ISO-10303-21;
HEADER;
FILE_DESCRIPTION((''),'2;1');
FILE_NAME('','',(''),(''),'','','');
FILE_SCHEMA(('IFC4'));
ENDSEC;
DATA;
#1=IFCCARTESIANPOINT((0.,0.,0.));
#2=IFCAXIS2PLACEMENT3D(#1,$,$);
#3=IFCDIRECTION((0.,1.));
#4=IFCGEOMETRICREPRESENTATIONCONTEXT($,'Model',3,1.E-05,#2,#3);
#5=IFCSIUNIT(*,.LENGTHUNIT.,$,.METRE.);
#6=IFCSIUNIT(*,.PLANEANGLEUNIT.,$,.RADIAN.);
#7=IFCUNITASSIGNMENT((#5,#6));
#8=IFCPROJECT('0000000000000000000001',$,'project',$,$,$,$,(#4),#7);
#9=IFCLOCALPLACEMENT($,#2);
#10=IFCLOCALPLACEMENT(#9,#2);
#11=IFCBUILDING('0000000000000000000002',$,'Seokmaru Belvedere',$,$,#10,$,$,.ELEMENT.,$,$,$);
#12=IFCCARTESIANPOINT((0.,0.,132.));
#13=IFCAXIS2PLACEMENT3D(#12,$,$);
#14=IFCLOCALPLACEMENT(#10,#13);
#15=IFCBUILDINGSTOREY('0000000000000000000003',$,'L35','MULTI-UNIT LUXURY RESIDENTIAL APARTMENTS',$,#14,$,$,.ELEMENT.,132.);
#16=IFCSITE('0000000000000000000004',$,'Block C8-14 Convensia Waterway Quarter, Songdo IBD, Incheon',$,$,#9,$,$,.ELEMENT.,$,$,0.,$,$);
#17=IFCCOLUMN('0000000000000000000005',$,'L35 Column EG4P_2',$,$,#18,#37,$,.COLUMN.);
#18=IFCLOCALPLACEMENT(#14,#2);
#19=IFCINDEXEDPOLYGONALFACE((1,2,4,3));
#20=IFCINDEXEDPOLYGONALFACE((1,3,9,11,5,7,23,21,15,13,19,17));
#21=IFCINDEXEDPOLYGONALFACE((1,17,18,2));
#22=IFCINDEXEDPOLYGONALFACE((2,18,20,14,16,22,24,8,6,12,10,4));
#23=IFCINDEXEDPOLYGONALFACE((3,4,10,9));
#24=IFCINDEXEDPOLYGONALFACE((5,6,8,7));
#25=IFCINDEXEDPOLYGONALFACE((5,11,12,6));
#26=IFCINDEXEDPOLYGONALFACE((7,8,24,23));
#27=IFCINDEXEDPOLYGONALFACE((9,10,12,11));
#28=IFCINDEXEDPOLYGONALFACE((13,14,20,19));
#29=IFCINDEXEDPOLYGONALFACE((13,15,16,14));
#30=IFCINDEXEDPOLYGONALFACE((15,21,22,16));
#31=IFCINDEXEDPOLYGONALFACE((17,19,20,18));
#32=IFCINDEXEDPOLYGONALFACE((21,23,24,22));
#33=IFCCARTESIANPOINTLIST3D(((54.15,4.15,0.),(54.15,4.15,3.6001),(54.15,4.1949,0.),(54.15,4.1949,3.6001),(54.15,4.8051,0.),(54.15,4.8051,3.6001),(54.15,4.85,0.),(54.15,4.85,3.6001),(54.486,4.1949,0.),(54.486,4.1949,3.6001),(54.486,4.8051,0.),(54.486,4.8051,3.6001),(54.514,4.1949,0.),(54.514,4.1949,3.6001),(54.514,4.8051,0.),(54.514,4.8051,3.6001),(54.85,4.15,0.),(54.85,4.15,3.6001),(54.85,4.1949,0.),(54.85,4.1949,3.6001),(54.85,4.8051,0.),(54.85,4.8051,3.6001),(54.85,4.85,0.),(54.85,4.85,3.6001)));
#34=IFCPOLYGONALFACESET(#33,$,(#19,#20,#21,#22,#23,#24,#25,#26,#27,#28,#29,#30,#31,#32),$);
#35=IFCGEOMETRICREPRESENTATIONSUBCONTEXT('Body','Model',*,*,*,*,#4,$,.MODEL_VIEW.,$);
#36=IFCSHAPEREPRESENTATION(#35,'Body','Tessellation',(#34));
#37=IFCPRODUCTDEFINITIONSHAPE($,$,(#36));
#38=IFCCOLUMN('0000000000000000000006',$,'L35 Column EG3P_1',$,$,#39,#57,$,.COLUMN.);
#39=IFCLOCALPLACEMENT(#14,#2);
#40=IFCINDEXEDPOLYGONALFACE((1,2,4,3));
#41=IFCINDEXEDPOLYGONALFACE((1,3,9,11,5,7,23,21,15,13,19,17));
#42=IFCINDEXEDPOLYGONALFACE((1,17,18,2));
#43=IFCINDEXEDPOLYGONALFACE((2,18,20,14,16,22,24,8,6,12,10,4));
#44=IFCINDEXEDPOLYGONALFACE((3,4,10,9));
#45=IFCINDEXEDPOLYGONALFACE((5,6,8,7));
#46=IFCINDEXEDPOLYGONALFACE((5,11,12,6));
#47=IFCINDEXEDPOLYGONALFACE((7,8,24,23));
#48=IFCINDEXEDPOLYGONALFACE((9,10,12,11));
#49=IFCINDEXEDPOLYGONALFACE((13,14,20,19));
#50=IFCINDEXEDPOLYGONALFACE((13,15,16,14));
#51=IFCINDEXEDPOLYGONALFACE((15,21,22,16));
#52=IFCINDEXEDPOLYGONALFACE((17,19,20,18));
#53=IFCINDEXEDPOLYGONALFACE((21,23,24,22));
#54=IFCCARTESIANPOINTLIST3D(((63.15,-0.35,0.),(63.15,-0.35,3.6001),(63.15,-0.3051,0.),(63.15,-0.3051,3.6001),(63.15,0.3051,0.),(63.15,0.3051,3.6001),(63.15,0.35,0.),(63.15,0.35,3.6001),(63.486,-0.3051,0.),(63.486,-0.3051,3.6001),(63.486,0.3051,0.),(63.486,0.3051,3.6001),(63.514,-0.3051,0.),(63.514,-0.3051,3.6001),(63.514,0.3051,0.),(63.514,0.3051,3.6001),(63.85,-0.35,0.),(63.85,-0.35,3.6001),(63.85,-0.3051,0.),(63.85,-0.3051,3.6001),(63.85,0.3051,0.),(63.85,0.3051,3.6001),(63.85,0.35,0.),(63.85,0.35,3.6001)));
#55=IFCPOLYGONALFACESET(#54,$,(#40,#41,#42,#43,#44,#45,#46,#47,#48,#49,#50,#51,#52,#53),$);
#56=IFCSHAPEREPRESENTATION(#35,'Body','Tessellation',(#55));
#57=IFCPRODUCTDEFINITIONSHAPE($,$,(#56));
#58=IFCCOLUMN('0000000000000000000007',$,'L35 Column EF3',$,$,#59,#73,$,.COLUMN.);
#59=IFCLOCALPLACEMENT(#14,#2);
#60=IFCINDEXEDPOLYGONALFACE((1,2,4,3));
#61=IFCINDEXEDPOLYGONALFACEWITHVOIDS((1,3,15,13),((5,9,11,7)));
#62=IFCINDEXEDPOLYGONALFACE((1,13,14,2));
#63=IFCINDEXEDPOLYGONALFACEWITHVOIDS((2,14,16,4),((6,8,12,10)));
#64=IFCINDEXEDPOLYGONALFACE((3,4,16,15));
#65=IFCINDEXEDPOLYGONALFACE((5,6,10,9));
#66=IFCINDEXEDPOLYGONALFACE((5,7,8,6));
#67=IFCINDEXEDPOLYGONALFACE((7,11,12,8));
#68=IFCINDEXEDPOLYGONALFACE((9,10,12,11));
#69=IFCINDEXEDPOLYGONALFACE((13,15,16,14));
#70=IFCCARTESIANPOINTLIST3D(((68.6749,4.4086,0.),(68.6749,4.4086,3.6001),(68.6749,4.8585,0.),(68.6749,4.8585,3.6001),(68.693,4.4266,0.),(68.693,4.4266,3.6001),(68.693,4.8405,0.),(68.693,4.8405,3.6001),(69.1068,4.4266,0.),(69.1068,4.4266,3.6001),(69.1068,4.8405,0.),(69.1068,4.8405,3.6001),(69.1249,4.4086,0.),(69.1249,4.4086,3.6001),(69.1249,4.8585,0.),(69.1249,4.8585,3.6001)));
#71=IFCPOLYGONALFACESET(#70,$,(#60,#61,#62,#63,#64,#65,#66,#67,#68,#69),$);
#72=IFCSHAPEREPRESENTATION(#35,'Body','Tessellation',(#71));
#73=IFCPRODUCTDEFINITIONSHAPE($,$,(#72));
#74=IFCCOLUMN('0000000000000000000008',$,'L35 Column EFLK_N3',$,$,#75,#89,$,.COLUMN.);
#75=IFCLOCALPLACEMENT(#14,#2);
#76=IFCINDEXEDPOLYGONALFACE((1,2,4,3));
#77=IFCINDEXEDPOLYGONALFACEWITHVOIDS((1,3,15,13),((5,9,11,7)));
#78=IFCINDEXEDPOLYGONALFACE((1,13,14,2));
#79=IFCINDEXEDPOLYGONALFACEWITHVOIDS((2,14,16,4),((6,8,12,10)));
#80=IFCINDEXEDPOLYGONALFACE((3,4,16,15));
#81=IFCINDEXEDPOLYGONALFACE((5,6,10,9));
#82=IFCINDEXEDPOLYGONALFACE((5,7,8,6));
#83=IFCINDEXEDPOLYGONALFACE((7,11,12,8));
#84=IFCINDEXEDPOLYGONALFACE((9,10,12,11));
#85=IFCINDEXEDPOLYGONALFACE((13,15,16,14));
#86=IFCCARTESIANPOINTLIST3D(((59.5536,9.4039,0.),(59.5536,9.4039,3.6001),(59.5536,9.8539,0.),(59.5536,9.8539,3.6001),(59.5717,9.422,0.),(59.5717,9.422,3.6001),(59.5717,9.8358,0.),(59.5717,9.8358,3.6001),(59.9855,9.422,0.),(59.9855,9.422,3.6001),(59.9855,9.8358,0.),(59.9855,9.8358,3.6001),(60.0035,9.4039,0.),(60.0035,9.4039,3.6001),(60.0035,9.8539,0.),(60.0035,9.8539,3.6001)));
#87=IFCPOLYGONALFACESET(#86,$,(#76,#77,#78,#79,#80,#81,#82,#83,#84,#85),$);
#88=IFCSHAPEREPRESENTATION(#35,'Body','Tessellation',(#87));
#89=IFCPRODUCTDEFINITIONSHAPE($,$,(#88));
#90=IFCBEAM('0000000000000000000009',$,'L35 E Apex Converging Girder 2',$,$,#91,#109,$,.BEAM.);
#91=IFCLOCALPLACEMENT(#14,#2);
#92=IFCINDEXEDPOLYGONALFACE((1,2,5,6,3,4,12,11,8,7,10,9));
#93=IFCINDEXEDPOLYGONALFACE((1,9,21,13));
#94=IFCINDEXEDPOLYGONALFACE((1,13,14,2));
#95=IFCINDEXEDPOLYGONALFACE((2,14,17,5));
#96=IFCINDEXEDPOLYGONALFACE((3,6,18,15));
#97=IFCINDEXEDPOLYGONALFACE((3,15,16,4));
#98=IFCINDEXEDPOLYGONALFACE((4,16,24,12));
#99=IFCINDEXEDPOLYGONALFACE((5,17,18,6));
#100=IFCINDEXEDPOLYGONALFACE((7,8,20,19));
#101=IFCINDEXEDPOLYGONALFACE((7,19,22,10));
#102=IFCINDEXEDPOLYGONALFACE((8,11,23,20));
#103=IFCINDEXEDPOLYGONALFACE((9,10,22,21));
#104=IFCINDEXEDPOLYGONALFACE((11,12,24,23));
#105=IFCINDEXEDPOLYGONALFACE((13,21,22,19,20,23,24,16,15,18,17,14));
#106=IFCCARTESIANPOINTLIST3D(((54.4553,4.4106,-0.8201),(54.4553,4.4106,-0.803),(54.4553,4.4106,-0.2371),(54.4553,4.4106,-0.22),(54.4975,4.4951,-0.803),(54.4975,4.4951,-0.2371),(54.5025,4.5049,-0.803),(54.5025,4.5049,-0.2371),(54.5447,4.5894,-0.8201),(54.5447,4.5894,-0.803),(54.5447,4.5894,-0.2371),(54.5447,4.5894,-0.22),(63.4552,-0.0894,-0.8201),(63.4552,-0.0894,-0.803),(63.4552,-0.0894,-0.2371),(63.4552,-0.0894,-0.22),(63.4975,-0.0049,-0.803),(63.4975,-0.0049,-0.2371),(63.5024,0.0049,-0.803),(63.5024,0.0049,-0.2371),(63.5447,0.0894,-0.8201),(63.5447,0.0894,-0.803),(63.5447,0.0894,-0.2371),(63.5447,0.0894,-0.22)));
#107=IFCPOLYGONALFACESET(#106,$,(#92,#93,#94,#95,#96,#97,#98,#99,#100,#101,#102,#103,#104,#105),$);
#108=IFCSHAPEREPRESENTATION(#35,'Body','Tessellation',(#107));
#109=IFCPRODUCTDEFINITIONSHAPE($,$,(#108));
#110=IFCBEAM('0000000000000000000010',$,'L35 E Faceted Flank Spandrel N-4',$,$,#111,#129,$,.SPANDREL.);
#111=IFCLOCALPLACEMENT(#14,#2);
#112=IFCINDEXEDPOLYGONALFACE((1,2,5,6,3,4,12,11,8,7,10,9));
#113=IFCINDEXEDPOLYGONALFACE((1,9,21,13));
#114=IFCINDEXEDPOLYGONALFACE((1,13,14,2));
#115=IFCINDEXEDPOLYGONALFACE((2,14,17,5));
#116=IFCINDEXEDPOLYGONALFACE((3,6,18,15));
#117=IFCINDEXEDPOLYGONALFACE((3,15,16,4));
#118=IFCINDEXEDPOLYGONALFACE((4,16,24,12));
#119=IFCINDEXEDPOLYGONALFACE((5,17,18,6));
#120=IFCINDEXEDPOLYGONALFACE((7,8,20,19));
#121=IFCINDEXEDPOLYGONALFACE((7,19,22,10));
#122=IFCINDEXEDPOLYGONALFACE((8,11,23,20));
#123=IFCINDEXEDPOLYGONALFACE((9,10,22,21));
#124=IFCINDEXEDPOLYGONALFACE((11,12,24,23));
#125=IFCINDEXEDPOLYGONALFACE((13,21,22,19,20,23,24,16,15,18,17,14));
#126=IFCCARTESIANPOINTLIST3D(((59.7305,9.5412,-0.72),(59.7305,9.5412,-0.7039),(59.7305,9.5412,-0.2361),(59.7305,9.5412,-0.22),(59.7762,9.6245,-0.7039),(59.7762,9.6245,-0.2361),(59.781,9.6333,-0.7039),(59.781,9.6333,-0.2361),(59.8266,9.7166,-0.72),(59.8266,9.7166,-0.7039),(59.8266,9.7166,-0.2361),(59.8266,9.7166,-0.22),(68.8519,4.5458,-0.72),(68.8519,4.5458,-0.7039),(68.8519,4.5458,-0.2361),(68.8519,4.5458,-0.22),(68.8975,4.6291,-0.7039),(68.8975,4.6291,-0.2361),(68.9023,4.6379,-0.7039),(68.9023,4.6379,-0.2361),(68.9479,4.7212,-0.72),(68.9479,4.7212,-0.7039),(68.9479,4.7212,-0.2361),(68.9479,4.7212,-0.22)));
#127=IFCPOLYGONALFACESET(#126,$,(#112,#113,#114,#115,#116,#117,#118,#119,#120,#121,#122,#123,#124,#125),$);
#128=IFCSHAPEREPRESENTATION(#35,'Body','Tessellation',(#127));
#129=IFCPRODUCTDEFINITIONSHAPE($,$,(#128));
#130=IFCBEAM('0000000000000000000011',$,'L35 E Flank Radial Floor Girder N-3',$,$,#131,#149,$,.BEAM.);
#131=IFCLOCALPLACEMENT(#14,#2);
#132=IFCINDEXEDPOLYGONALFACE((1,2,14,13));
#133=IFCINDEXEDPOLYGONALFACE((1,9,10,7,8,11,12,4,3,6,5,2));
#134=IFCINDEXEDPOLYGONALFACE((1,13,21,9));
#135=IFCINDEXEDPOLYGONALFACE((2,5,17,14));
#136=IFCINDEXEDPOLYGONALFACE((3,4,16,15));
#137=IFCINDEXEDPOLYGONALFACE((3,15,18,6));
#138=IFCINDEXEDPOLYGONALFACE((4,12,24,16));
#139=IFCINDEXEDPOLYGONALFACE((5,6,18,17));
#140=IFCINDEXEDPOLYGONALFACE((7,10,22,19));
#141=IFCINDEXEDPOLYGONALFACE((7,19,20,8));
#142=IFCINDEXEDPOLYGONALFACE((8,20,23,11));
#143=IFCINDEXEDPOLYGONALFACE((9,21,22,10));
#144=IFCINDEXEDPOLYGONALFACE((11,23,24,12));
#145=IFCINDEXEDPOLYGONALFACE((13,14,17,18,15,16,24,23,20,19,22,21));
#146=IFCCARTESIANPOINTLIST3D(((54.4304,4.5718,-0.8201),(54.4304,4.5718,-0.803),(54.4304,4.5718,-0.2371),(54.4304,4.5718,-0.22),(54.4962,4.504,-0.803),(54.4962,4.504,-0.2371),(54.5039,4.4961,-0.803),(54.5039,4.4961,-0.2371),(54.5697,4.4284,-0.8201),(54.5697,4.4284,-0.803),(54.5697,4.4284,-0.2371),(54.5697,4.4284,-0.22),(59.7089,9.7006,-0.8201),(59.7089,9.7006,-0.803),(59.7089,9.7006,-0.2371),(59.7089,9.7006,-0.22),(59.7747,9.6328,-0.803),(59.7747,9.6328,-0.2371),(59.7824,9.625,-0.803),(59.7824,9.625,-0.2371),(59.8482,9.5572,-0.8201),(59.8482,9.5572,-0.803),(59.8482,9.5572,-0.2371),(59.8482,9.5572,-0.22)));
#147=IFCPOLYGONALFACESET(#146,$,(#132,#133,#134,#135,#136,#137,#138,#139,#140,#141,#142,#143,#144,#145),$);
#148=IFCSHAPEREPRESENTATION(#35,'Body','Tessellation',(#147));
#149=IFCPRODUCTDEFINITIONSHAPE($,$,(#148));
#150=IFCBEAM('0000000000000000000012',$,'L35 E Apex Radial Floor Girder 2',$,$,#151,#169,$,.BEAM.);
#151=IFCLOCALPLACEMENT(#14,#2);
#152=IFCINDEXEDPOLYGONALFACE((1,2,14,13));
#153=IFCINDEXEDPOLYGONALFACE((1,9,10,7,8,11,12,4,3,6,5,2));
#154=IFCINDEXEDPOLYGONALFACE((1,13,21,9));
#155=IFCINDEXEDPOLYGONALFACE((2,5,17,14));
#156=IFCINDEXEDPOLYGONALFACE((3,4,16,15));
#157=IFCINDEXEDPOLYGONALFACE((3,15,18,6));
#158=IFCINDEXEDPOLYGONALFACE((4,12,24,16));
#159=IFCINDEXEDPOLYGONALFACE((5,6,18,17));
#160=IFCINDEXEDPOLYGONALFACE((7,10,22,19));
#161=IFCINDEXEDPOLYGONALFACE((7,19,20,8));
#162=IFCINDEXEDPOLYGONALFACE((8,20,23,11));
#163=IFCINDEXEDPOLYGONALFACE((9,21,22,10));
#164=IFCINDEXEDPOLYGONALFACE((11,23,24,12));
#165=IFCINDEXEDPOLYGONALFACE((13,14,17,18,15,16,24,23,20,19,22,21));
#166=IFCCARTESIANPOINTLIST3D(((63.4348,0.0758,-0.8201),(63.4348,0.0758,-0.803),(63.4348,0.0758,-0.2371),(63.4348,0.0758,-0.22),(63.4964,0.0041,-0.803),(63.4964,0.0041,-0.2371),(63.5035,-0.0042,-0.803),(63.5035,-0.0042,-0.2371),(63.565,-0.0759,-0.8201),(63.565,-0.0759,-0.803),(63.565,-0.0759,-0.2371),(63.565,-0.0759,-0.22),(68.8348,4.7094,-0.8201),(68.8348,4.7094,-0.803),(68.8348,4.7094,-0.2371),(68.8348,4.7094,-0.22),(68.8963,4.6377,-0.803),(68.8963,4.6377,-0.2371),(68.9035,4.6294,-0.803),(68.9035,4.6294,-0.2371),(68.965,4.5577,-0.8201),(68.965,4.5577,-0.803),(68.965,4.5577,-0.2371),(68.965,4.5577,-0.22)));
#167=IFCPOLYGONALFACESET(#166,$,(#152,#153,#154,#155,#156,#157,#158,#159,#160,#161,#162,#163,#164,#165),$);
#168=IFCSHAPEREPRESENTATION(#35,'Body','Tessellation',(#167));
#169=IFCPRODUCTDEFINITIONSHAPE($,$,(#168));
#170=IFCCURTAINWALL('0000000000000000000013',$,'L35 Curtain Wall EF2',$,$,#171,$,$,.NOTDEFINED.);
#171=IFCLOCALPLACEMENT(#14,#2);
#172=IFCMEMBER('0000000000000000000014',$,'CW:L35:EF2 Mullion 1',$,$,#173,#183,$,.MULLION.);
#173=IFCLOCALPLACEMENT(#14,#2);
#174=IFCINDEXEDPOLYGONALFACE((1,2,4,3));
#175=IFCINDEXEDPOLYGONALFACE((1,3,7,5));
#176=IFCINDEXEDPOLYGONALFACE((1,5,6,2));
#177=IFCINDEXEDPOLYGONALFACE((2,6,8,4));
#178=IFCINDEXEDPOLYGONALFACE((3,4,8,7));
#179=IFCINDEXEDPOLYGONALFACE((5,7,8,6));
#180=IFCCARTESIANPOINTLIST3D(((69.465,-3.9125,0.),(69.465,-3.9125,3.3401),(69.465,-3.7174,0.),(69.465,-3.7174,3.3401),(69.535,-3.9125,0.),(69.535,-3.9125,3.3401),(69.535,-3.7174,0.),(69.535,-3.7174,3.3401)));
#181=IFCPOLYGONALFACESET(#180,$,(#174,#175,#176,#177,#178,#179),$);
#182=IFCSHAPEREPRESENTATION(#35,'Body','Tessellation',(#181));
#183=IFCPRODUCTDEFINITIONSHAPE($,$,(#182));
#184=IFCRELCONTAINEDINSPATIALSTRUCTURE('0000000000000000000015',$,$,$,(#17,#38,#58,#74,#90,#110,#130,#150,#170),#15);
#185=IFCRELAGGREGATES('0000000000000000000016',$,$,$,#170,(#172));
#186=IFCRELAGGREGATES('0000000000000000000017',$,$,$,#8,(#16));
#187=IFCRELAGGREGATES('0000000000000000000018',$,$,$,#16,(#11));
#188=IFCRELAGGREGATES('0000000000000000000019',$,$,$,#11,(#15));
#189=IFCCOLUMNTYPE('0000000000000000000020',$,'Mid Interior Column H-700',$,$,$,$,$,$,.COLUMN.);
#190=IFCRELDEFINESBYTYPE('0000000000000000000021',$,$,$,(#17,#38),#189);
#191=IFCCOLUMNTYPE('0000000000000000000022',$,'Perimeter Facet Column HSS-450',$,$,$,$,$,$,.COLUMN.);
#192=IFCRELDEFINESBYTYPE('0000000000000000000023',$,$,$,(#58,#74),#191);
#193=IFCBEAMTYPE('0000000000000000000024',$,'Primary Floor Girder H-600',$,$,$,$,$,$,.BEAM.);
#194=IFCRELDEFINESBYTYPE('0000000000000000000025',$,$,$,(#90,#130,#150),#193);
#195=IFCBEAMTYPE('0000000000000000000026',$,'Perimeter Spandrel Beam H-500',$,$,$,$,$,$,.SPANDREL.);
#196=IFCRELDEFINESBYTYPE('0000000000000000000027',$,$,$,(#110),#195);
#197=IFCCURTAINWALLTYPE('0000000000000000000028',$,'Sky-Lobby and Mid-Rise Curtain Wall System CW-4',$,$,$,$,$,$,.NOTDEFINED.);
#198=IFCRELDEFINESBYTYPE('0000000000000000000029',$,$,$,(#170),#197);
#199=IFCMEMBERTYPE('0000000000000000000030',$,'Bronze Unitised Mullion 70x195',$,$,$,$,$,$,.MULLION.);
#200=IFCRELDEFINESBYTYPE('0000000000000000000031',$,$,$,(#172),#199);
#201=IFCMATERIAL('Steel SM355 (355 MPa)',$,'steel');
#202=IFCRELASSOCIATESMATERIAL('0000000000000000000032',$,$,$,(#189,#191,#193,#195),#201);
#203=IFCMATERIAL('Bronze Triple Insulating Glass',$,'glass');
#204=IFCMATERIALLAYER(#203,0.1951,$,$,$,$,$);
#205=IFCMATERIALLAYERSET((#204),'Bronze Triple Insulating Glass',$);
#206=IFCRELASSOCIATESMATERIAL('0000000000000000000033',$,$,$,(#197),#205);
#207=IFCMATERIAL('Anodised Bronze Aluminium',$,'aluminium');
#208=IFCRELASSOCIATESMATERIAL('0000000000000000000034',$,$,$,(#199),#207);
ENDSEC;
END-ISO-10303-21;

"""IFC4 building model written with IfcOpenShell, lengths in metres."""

from ifc_helpers import new_model, si_unit, direction, frame, origin, origin_2d, place, context, subcontext, project, spatial, rectangle, hollow_rectangle, i_section, extrude, source, transform, mapped, material, layer, layer_set, material_profile, profile_set, type_object, type_shapes, element, aggregate, save


model = new_model("IFC4")

# Units and contexts
model_context = context("Model", 3, precision=1e-05, world=origin(), true_north=direction((0.0, 1.0)))
body_context = subcontext(model_context, "Body", "Model", "MODEL_VIEW")
ifc_project = project(units=[si_unit("LENGTHUNIT", "METRE"), si_unit("PLANEANGLEUNIT", "RADIAN")], contexts=[model_context])

# Site, building, storey
site_placement = place(None, origin())
site = spatial("IfcSite", under=ifc_project, at=site_placement, Name="Block C8-14 Convensia Waterway Quarter, Songdo IBD, Incheon", CompositionType="ELEMENT", RefElevation=0.0)
building_placement = place(site_placement, origin())
building = spatial("IfcBuilding", under=site, at=building_placement, Name="Seokmaru Belvedere", CompositionType="ELEMENT")
storey_placement = place(building_placement, frame((0.0, 0.0, 132.0)))
storey = spatial("IfcBuildingStorey", under=building, at=storey_placement, Name="L35", Description="MULTI-UNIT LUXURY RESIDENTIAL APARTMENTS", CompositionType="ELEMENT", Elevation=132.0)

# Columns
ifc_material_1 = material(Name="Steel SM355 (355 MPa)", Category="steel")
ifc_material_profile_1 = material_profile(ifc_material_1, i_section(OverallWidth=0.7, OverallDepth=0.7, WebThickness=0.0281, FlangeThickness=0.0449, at=origin_2d()), Name="H-700x700x28x45")
ifc_profile_set_1 = profile_set([ifc_material_profile_1], Name="Steel SM355 (355 MPa)")
column_type_1 = type_object("IfcColumnType", Name="Mid Interior Column H-700", PredefinedType="COLUMN", material=ifc_profile_set_1)
shared_shape_1 = source(origin(), body_context, "Body", "SweptSolid", [
    extrude(i_section(OverallWidth=0.7, OverallDepth=0.7, WebThickness=0.0281, FlangeThickness=0.0449, at=origin_2d()), origin(), (0.0, 0.0, 1.0), 3.6001),
])
type_shapes(column_type_1, [shared_shape_1])
for number, where, z_axis, x_axis, name in (
    (1, (54.5, 4.5, 0.0), (0.0, 0.0, 1.0), (1.0, 0.0, 0.0), "L35 Column EG4P_2"),
    (2, (63.5, 0.0, 0.0), (0.0, 0.0, 1.0), (1.0, 0.0, 0.0), "L35 Column EG3P_1"),
):
    element("IfcColumn", number, at=place(storey_placement, frame(where, z_axis=z_axis, x_axis=x_axis)), inside=storey, type_object=column_type_1, Name=name, PredefinedType="COLUMN", context=body_context, shape_type="MappedRepresentation", body=[
        mapped(shared_shape_1, transform((0.0, 0.0, 0.0), scale=1.0)),
    ])
ifc_material_profile_2 = material_profile(ifc_material_1, hollow_rectangle(XDim=0.45, YDim=0.45, WallThickness=0.0181, at=origin_2d()), Name="HSS-450x450x18")
ifc_profile_set_2 = profile_set([ifc_material_profile_2], Name="Steel SM355 (355 MPa)")
column_type_2 = type_object("IfcColumnType", Name="Perimeter Facet Column HSS-450", PredefinedType="COLUMN", material=ifc_profile_set_2)
shared_shape_2 = source(origin(), body_context, "Body", "SweptSolid", [
    extrude(hollow_rectangle(XDim=0.45, YDim=0.45, WallThickness=0.0181, at=origin_2d()), origin(), (0.0, 0.0, 1.0), 3.6001),
])
type_shapes(column_type_2, [shared_shape_2])
for number, where, z_axis, x_axis, name in (
    (3, (68.8999, 4.6335, 0.0), (0.0, 0.0, 1.0), (1.0, 0.0, 0.0), "L35 Column EF3"),
    (4, (59.7786, 9.6289, 0.0), (0.0, 0.0, 1.0), (1.0, 0.0, 0.0), "L35 Column EFLK_N3"),
):
    element("IfcColumn", number, at=place(storey_placement, frame(where, z_axis=z_axis, x_axis=x_axis)), inside=storey, type_object=column_type_2, Name=name, PredefinedType="COLUMN", context=body_context, shape_type="MappedRepresentation", body=[
        mapped(shared_shape_2, transform((0.0, 0.0, 0.0), scale=1.0)),
    ])

# Beams
ifc_material_profile_3 = material_profile(ifc_material_1, i_section(OverallWidth=0.2, OverallDepth=0.6001, WebThickness=0.011, FlangeThickness=0.0171, at=origin_2d()), Name="H-600x200x11x17")
ifc_profile_set_3 = profile_set([ifc_material_profile_3], Name="Steel SM355 (355 MPa)")
beam_type_1 = type_object("IfcBeamType", Name="Primary Floor Girder H-600", PredefinedType="BEAM", material=ifc_profile_set_3)
shared_shape_3 = source(origin(), body_context, "Body", "SweptSolid", [
    extrude(i_section(OverallWidth=0.2, OverallDepth=0.6001, WebThickness=0.011, FlangeThickness=0.0171, at=origin_2d()), origin(), (0.0, 0.0, 1.0), 10.0623),
])
beam_1_placement = place(storey_placement, frame((54.5, 4.5, -0.52), z_axis=(0.894427, -0.447214, 0.0), x_axis=(0.447214, 0.894427, 0.0)))
element("IfcBeam", 5, at=beam_1_placement, inside=storey, type_object=beam_type_1, Name="L35 E Apex Converging Girder 2", PredefinedType="BEAM", context=body_context, shape_type="MappedRepresentation", body=[
    mapped(shared_shape_3, transform((0.0, 0.0, 0.0), scale=1.0)),
])
ifc_material_profile_4 = material_profile(ifc_material_1, i_section(OverallWidth=0.2, OverallDepth=0.5, WebThickness=0.01, FlangeThickness=0.0161, at=origin_2d()), Name="H-500x200x10x16")
ifc_profile_set_4 = profile_set([ifc_material_profile_4], Name="Steel SM355 (355 MPa)")
beam_type_2 = type_object("IfcBeamType", Name="Perimeter Spandrel Beam H-500", PredefinedType="SPANDREL", material=ifc_profile_set_4)
shared_shape_4 = source(origin(), body_context, "Body", "SweptSolid", [
    extrude(i_section(OverallWidth=0.2, OverallDepth=0.5, WebThickness=0.01, FlangeThickness=0.0161, at=origin_2d()), origin(), (0.0, 0.0, 1.0), 10.3997),
])
type_shapes(beam_type_2, [shared_shape_4])
beam_2_placement = place(storey_placement, frame((59.7786, 9.6289, -0.47), z_axis=(0.877082, -0.48034, 0.0), x_axis=(0.48034, 0.877082, 0.0)))
element("IfcBeam", 6, at=beam_2_placement, inside=storey, type_object=beam_type_2, Name="L35 E Faceted Flank Spandrel N-4", PredefinedType="SPANDREL", context=body_context, shape_type="MappedRepresentation", body=[
    mapped(shared_shape_4, transform((0.0, 0.0, 0.0), scale=1.0)),
])
shared_shape_5 = source(origin(), body_context, "Body", "SweptSolid", [
    extrude(i_section(OverallWidth=0.2, OverallDepth=0.6001, WebThickness=0.011, FlangeThickness=0.0171, at=origin_2d()), origin(), (0.0, 0.0, 1.0), 7.3599),
])
beam_3_placement = place(storey_placement, frame((59.7786, 9.6289, -0.52), z_axis=(-0.717201, -0.696867, 0.0), x_axis=(0.696867, -0.717201, 0.0)))
element("IfcBeam", 7, at=beam_3_placement, inside=storey, type_object=beam_type_1, Name="L35 E Flank Radial Floor Girder N-3", PredefinedType="BEAM", context=body_context, shape_type="MappedRepresentation", body=[
    mapped(shared_shape_5, transform((0.0, 0.0, 0.0), scale=1.0)),
])
shared_shape_6 = source(origin(), body_context, "Body", "SweptSolid", [
    extrude(i_section(OverallWidth=0.2, OverallDepth=0.6001, WebThickness=0.011, FlangeThickness=0.0171, at=origin_2d()), origin(), (0.0, 0.0, 1.0), 7.1155),
])
type_shapes(beam_type_1, [shared_shape_3, shared_shape_5, shared_shape_6])
beam_4_placement = place(storey_placement, frame((68.8999, 4.6335, -0.52), z_axis=(-0.758905, -0.651201, 0.0), x_axis=(0.651201, -0.758905, 0.0)))
element("IfcBeam", 8, at=beam_4_placement, inside=storey, type_object=beam_type_1, Name="L35 E Apex Radial Floor Girder 2", PredefinedType="BEAM", context=body_context, shape_type="MappedRepresentation", body=[
    mapped(shared_shape_6, transform((0.0, 0.0, 0.0), scale=1.0)),
])

# Curtain wall, member
ifc_material_2 = material(Name="Bronze Triple Insulating Glass", Category="glass")
ifc_layer_1 = layer(ifc_material_2, 0.1951)
ifc_layer_set_1 = layer_set([ifc_layer_1], Name="Bronze Triple Insulating Glass")
curtain_wall_type = type_object("IfcCurtainWallType", Name="Sky-Lobby and Mid-Rise Curtain Wall System CW-4", PredefinedType="NOTDEFINED", material=ifc_layer_set_1)
curtain_wall_1_placement = place(storey_placement, origin())
curtain_wall_1 = element("IfcCurtainWall", 9, at=curtain_wall_1_placement, inside=storey, type_object=curtain_wall_type, Name="L35 Curtain Wall EF2", PredefinedType="NOTDEFINED")
ifc_material_3 = material(Name="Anodised Bronze Aluminium", Category="aluminium")
ifc_material_profile_5 = material_profile(ifc_material_3, rectangle(XDim=0.0701, YDim=0.1951, at=origin_2d()), Name="CW-M-70x195")
ifc_profile_set_5 = profile_set([ifc_material_profile_5], Name="Anodised Bronze Aluminium")
member_type_1 = type_object("IfcMemberType", Name="Bronze Unitised Mullion 70x195", PredefinedType="MULLION", material=ifc_profile_set_5)
shared_shape_7 = source(origin(), body_context, "Body", "SweptSolid", [
    extrude(rectangle(XDim=0.0701, YDim=0.1951, at=origin_2d()), origin(), (0.0, 0.0, 1.0), 3.3401),
])
member_1_placement = place(storey_placement, frame((69.5, -3.8149, 0.0), z_axis=(0.0, 0.0, 1.0), x_axis=(-1.0, 0.0, 0.0)))
member_1 = element("IfcMember", 10, at=member_1_placement, type_object=member_type_1, Name="CW:L35:EF2 Mullion 1", PredefinedType="MULLION", context=body_context, shape_type="MappedRepresentation", body=[
    mapped(shared_shape_7, transform((0.0, 0.0, 0.0), scale=1.0)),
])

aggregate(curtain_wall_1, [member_1])

save(model, "model.ifc")
